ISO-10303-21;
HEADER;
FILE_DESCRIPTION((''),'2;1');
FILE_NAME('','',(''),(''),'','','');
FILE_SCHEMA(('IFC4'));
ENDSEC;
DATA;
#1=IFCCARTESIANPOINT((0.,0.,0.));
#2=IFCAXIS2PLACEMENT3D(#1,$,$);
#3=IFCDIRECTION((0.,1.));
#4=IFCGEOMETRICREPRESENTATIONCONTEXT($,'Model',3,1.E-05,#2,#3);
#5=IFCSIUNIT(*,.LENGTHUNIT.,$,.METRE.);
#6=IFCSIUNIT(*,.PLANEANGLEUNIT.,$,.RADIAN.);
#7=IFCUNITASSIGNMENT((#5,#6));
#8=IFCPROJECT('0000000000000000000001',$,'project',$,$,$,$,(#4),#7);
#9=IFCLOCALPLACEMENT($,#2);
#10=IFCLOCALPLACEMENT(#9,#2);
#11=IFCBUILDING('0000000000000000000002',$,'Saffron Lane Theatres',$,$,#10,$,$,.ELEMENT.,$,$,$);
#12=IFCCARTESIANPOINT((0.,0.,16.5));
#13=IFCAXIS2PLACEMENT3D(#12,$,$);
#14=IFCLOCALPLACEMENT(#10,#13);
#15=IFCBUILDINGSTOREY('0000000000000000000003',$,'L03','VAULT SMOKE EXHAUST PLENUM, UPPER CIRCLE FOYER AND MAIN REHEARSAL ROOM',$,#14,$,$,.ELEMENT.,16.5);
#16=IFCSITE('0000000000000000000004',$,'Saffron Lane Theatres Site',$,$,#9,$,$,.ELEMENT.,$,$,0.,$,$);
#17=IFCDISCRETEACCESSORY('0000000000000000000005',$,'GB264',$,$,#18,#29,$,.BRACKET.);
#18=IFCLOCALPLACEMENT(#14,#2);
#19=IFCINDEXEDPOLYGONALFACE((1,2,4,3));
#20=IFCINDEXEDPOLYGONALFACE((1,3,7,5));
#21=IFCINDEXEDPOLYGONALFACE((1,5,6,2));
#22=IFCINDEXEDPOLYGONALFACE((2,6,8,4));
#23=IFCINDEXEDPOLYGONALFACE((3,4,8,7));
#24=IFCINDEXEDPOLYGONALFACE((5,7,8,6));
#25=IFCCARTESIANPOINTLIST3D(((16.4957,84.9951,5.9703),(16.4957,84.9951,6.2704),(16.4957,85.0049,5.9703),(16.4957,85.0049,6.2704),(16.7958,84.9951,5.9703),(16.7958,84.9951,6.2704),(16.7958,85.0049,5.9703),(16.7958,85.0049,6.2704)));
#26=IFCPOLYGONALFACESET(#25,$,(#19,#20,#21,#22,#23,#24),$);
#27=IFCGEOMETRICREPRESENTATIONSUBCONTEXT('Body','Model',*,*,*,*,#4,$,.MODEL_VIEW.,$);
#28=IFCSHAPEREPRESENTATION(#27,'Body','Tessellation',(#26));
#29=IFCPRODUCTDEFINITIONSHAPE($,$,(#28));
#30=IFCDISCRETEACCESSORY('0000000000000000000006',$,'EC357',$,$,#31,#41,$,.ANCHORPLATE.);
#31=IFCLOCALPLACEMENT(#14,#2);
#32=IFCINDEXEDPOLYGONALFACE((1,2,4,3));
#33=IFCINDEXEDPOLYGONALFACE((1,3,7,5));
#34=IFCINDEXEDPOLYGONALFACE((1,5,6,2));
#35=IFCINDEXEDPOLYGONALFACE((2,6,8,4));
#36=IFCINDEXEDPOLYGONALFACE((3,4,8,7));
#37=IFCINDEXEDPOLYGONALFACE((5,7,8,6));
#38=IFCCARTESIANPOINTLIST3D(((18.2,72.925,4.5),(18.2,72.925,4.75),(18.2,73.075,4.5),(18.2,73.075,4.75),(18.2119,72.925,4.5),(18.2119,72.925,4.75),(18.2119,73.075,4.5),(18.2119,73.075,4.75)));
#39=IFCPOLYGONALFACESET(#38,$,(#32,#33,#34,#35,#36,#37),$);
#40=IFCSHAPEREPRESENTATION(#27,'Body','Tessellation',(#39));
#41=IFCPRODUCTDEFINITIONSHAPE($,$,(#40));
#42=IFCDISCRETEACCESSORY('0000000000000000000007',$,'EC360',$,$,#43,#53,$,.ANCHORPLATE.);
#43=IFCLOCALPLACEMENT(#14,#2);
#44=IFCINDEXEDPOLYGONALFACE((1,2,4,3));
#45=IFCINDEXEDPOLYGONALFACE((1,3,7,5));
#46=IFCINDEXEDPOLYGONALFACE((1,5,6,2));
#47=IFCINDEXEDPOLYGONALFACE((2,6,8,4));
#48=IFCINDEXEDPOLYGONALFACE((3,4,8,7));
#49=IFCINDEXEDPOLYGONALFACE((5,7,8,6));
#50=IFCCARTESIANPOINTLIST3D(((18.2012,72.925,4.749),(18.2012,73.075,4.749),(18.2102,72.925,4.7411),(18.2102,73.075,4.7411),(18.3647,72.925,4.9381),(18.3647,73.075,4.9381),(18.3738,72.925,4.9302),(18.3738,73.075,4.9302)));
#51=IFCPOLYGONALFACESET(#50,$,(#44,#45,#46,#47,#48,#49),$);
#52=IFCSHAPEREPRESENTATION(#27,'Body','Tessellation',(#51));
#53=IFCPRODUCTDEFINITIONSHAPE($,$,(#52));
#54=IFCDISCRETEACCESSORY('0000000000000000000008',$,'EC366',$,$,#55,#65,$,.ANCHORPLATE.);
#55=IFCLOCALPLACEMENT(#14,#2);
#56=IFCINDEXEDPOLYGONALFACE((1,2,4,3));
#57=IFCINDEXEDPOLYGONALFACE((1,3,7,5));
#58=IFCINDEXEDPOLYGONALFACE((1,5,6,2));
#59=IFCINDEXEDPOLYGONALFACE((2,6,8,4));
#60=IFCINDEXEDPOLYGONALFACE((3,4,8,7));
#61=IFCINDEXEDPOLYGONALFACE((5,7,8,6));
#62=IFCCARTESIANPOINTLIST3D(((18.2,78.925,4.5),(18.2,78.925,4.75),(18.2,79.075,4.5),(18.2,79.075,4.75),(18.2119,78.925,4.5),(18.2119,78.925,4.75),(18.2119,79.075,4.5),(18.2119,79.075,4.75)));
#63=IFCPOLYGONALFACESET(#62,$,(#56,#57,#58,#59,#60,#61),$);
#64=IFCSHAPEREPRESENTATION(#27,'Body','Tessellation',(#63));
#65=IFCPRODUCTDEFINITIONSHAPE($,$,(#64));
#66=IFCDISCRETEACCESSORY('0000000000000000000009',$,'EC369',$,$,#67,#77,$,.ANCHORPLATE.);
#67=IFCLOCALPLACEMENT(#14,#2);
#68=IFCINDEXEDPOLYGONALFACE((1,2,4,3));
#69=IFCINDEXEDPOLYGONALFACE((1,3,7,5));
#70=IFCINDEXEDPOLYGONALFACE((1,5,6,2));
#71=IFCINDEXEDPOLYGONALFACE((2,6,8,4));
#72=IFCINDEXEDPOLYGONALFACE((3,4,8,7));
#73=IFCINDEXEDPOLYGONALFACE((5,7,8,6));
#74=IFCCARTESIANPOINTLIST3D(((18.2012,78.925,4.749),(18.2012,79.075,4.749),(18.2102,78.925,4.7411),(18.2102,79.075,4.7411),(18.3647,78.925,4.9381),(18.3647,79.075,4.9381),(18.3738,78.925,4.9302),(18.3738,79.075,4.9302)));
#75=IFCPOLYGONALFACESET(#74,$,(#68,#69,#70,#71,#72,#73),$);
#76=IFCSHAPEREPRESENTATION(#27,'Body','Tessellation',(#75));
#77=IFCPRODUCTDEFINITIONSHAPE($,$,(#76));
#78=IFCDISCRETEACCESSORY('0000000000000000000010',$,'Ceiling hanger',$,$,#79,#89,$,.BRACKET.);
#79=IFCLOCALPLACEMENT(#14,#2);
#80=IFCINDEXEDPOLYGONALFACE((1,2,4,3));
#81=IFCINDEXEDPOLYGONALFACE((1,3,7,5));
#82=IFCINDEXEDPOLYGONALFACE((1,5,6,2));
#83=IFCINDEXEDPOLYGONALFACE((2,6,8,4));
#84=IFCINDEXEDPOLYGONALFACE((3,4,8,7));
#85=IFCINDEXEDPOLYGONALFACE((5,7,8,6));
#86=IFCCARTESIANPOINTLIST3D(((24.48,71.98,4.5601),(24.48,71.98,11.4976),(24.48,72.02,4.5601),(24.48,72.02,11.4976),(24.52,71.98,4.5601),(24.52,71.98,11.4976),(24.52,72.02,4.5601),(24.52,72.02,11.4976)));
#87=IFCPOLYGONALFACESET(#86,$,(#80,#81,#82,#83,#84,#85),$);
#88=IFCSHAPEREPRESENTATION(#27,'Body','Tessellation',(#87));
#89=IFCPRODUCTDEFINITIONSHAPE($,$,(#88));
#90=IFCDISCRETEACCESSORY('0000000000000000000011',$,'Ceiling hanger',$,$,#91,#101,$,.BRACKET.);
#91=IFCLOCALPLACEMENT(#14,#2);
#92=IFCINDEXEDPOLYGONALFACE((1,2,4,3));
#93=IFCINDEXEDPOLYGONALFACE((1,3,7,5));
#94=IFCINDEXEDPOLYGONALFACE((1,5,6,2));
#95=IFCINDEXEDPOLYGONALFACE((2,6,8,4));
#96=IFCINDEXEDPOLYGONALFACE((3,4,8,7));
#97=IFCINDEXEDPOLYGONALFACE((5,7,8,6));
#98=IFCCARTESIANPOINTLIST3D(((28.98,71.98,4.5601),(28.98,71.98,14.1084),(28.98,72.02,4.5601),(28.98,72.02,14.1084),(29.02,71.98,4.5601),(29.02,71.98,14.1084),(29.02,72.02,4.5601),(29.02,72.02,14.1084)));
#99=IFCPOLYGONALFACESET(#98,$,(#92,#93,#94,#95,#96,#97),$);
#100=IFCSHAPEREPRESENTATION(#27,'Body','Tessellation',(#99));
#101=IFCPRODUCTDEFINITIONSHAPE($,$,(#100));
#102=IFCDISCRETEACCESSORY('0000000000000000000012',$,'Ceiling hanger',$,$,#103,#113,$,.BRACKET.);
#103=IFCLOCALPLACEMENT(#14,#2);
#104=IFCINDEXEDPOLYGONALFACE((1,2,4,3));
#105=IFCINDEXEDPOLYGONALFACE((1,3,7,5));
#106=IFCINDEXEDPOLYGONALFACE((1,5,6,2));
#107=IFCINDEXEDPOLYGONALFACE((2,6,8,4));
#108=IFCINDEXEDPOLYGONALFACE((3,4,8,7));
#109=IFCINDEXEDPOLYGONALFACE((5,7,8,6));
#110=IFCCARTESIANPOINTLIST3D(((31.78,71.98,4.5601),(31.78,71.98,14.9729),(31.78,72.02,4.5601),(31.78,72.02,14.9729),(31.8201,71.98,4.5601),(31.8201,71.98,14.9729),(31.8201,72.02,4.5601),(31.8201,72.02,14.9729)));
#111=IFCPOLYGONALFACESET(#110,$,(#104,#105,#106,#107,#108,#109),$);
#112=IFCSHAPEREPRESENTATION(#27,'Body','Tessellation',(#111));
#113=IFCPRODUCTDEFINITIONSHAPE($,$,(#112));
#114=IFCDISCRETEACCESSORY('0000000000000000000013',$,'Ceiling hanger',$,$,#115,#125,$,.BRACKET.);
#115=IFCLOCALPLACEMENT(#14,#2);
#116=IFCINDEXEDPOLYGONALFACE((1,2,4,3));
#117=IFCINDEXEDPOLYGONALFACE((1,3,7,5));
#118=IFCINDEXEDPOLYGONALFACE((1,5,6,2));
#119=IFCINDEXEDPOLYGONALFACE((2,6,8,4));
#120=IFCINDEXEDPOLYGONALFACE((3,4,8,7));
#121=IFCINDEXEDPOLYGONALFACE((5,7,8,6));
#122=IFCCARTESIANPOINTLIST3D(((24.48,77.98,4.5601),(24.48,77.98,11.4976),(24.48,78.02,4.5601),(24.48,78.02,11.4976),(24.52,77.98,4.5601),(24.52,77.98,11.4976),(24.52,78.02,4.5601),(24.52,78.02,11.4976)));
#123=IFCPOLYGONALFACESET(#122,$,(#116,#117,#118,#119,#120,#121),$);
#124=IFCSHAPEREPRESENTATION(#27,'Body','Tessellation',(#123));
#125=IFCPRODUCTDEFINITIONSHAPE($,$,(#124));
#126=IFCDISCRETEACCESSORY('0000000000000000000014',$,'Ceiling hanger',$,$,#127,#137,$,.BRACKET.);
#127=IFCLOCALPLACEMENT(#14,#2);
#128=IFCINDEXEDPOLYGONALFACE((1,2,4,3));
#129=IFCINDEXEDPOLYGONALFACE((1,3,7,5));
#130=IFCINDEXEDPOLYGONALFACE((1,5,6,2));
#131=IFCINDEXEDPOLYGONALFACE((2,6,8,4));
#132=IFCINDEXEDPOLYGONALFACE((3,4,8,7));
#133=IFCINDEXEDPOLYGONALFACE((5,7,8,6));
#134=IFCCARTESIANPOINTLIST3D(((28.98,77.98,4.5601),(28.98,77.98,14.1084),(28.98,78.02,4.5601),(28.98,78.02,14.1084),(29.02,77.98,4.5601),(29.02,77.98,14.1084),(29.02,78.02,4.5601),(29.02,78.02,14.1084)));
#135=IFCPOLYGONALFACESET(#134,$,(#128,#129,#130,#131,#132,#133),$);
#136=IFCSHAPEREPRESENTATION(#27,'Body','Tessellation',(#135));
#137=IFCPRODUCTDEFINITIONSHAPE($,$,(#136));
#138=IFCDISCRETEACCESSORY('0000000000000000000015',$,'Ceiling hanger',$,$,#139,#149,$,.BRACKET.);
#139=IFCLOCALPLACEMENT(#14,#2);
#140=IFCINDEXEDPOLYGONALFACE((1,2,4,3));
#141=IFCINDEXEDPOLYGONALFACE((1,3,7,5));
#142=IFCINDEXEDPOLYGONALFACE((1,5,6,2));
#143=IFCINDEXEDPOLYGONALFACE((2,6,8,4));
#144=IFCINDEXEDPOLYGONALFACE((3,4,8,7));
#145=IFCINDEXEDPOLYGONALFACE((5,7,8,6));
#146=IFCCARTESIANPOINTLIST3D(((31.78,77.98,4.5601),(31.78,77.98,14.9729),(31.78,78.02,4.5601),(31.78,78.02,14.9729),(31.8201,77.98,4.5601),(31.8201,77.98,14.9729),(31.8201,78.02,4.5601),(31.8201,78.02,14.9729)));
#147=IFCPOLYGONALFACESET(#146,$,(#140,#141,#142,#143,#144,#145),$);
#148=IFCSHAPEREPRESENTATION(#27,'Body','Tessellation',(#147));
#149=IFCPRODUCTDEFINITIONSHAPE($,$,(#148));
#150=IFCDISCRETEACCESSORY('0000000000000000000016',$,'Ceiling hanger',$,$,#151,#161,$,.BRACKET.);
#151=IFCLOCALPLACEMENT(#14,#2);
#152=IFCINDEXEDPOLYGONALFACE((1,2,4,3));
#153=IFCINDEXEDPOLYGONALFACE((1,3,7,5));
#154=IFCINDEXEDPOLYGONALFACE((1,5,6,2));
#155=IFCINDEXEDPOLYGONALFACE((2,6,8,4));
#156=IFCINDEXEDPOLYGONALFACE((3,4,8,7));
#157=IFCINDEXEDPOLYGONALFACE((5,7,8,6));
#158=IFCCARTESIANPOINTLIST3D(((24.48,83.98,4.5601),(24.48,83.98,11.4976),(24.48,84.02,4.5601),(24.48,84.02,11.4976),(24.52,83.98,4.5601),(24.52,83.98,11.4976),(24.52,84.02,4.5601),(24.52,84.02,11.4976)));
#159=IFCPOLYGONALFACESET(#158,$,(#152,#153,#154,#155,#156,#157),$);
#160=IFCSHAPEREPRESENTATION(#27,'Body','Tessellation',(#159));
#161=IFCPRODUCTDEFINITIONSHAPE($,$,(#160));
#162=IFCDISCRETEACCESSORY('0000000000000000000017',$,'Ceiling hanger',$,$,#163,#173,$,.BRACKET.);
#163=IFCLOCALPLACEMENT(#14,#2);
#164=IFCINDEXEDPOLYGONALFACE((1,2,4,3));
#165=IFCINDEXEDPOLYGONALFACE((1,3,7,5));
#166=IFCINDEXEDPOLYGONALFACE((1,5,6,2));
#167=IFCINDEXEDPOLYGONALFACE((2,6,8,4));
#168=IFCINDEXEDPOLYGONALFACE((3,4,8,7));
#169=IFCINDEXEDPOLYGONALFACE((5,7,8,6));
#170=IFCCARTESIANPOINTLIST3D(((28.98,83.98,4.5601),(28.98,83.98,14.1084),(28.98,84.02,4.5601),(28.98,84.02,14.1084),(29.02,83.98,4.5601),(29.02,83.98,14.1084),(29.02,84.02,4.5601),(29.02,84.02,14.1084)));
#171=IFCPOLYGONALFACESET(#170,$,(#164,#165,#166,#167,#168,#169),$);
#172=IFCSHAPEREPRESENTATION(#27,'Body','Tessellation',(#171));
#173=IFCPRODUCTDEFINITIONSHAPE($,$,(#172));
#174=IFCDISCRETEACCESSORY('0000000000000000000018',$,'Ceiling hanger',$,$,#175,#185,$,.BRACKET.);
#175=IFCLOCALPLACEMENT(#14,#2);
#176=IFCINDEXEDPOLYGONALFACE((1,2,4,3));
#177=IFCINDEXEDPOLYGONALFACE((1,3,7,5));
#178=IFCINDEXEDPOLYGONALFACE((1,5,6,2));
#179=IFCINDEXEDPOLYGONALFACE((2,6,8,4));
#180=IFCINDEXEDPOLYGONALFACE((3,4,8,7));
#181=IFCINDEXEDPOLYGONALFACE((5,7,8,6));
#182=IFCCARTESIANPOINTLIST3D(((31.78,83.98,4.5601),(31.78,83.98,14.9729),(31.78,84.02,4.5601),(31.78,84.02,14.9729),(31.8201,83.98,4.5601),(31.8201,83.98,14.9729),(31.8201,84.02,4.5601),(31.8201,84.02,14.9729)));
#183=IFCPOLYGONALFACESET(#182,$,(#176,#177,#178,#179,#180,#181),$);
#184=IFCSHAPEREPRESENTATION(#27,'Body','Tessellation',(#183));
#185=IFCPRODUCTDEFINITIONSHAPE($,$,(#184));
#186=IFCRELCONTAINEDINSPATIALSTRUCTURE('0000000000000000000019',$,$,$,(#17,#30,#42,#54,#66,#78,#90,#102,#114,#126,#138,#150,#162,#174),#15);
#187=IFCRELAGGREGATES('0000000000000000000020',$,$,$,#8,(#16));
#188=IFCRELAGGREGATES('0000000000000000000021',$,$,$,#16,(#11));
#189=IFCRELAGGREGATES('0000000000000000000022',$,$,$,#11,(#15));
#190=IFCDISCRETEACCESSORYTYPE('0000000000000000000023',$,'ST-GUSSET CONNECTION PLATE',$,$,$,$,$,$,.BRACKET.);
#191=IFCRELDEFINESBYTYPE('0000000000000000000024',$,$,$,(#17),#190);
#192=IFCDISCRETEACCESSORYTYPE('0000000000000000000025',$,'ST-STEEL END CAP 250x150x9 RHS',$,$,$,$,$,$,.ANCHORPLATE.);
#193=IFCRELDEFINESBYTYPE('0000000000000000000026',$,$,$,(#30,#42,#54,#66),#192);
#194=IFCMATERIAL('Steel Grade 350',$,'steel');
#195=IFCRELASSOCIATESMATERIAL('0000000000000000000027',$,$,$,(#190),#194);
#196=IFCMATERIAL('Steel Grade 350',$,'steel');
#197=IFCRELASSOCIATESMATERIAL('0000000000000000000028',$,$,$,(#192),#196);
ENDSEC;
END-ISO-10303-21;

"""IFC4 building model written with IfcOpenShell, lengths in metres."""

from ifc_helpers import new_model, si_unit, direction, frame, origin, origin_2d, place, context, subcontext, project, spatial, rectangle, extrude, material, material_profile, profile_set, type_object, element, save


model = new_model("IFC4")

# Units and contexts
model_context = context("Model", 3, precision=1e-05, world=origin(), true_north=direction((0.0, 1.0)))
body_context = subcontext(model_context, "Body", "Model", "MODEL_VIEW")
ifc_project = project(units=[si_unit("LENGTHUNIT", "METRE"), si_unit("PLANEANGLEUNIT", "RADIAN")], contexts=[model_context])

# Site, building, storey
site_placement = place(None, origin())
site = spatial("IfcSite", under=ifc_project, at=site_placement, Name="Saffron Lane Theatres Site", CompositionType="ELEMENT", RefElevation=0.0)
building_placement = place(site_placement, origin())
building = spatial("IfcBuilding", under=site, at=building_placement, Name="Saffron Lane Theatres", CompositionType="ELEMENT")
storey_placement = place(building_placement, frame((0.0, 0.0, 16.5)))
storey = spatial("IfcBuildingStorey", under=building, at=storey_placement, Name="L03", Description="VAULT SMOKE EXHAUST PLENUM, UPPER CIRCLE FOYER AND MAIN REHEARSAL ROOM", CompositionType="ELEMENT", Elevation=16.5)

# Discrete accessories
ifc_material_1 = material(Name="Steel Grade 350", Category="steel")
ifc_material_profile_1 = material_profile(ifc_material_1, rectangle(XDim=0.3, YDim=0.3, at=origin_2d()))
ifc_profile_set_1 = profile_set([ifc_material_profile_1], Name="Steel Grade 350")
discrete_accessory_type_1 = type_object("IfcDiscreteAccessoryType", Name="ST-GUSSET CONNECTION PLATE", PredefinedType="BRACKET", material=ifc_profile_set_1)
discrete_accessory_1_placement = place(storey_placement, frame((16.6458, 84.9951, 6.1204), z_axis=(0.0, 1.0, 0.0), x_axis=(-1.0, 0.0, 0.0)))
element("IfcDiscreteAccessory", 1, at=discrete_accessory_1_placement, inside=storey, type_object=discrete_accessory_type_1, Name="GB264", PredefinedType="BRACKET", context=body_context, shape_type="SweptSolid", body=[
    extrude(rectangle(XDim=0.3, YDim=0.3, at=origin_2d()), origin(), (0.0, 0.0, 1.0), 0.0098),
])
ifc_material_2 = material(Name="Steel Grade 350", Category="steel")
ifc_material_profile_2 = material_profile(ifc_material_2, rectangle(XDim=0.1499, YDim=0.25, at=origin_2d()))
ifc_profile_set_2 = profile_set([ifc_material_profile_2], Name="Steel Grade 350")
discrete_accessory_type_2 = type_object("IfcDiscreteAccessoryType", Name="ST-STEEL END CAP 250x150x9 RHS", PredefinedType="ANCHORPLATE", material=ifc_profile_set_2)
for number, where, z_axis, x_axis, name in (
    (2, (18.2, 73.0, 4.625), (1.0, 0.0, 0.0), (0.0, 1.0, 0.0), "EC357"),
    (3, (18.292, 73.0, 4.8357), (-0.756363, 0.0, 0.654152), (0.0, -1.0, 0.0), "EC360"),
    (4, (18.2, 79.0, 4.625), (1.0, 0.0, 0.0), (0.0, 1.0, 0.0), "EC366"),
    (5, (18.292, 79.0, 4.8357), (-0.756363, 0.0, 0.654152), (0.0, -1.0, 0.0), "EC369"),
):
    element("IfcDiscreteAccessory", number, at=place(storey_placement, frame(where, z_axis=z_axis, x_axis=x_axis)), inside=storey, type_object=discrete_accessory_type_2, Name=name, PredefinedType="ANCHORPLATE", context=body_context, shape_type="SweptSolid", body=[
        extrude(rectangle(XDim=0.1499, YDim=0.25, at=origin_2d()), origin(), (0.0, 0.0, 1.0), 0.012),
    ])
discrete_accessory_2_placement = place(storey_placement, frame((24.5, 72.0, 4.5601), z_axis=(0.0, 0.0, 1.0), x_axis=(1.0, 0.0, 0.0)))
element("IfcDiscreteAccessory", 6, at=discrete_accessory_2_placement, inside=storey, Name="Ceiling hanger", PredefinedType="BRACKET", context=body_context, shape_type="SweptSolid", body=[
    extrude(rectangle(XDim=0.04, YDim=0.04, at=origin_2d()), origin(), (0.0, 0.0, 1.0), 6.9375),
])
discrete_accessory_3_placement = place(storey_placement, frame((29.0, 72.0, 4.5601), z_axis=(0.0, 0.0, 1.0), x_axis=(1.0, 0.0, 0.0)))
element("IfcDiscreteAccessory", 7, at=discrete_accessory_3_placement, inside=storey, Name="Ceiling hanger", PredefinedType="BRACKET", context=body_context, shape_type="SweptSolid", body=[
    extrude(rectangle(XDim=0.04, YDim=0.04, at=origin_2d()), origin(), (0.0, 0.0, 1.0), 9.5483),
])
discrete_accessory_4_placement = place(storey_placement, frame((31.8, 72.0, 4.5601), z_axis=(0.0, 0.0, 1.0), x_axis=(1.0, 0.0, 0.0)))
element("IfcDiscreteAccessory", 8, at=discrete_accessory_4_placement, inside=storey, Name="Ceiling hanger", PredefinedType="BRACKET", context=body_context, shape_type="SweptSolid", body=[
    extrude(rectangle(XDim=0.04, YDim=0.04, at=origin_2d()), origin(), (0.0, 0.0, 1.0), 10.4128),
])
discrete_accessory_5_placement = place(storey_placement, frame((24.5, 78.0, 4.5601), z_axis=(0.0, 0.0, 1.0), x_axis=(1.0, 0.0, 0.0)))
element("IfcDiscreteAccessory", 9, at=discrete_accessory_5_placement, inside=storey, Name="Ceiling hanger", PredefinedType="BRACKET", context=body_context, shape_type="SweptSolid", body=[
    extrude(rectangle(XDim=0.04, YDim=0.04, at=origin_2d()), origin(), (0.0, 0.0, 1.0), 6.9375),
])
discrete_accessory_6_placement = place(storey_placement, frame((29.0, 78.0, 4.5601), z_axis=(0.0, 0.0, 1.0), x_axis=(1.0, 0.0, 0.0)))
element("IfcDiscreteAccessory", 10, at=discrete_accessory_6_placement, inside=storey, Name="Ceiling hanger", PredefinedType="BRACKET", context=body_context, shape_type="SweptSolid", body=[
    extrude(rectangle(XDim=0.04, YDim=0.04, at=origin_2d()), origin(), (0.0, 0.0, 1.0), 9.5483),
])
discrete_accessory_7_placement = place(storey_placement, frame((31.8, 78.0, 4.5601), z_axis=(0.0, 0.0, 1.0), x_axis=(1.0, 0.0, 0.0)))
element("IfcDiscreteAccessory", 11, at=discrete_accessory_7_placement, inside=storey, Name="Ceiling hanger", PredefinedType="BRACKET", context=body_context, shape_type="SweptSolid", body=[
    extrude(rectangle(XDim=0.04, YDim=0.04, at=origin_2d()), origin(), (0.0, 0.0, 1.0), 10.4128),
])
discrete_accessory_8_placement = place(storey_placement, frame((24.5, 84.0, 4.5601), z_axis=(0.0, 0.0, 1.0), x_axis=(1.0, 0.0, 0.0)))
element("IfcDiscreteAccessory", 12, at=discrete_accessory_8_placement, inside=storey, Name="Ceiling hanger", PredefinedType="BRACKET", context=body_context, shape_type="SweptSolid", body=[
    extrude(rectangle(XDim=0.04, YDim=0.04, at=origin_2d()), origin(), (0.0, 0.0, 1.0), 6.9375),
])
discrete_accessory_9_placement = place(storey_placement, frame((29.0, 84.0, 4.5601), z_axis=(0.0, 0.0, 1.0), x_axis=(1.0, 0.0, 0.0)))
element("IfcDiscreteAccessory", 13, at=discrete_accessory_9_placement, inside=storey, Name="Ceiling hanger", PredefinedType="BRACKET", context=body_context, shape_type="SweptSolid", body=[
    extrude(rectangle(XDim=0.04, YDim=0.04, at=origin_2d()), origin(), (0.0, 0.0, 1.0), 9.5483),
])
discrete_accessory_10_placement = place(storey_placement, frame((31.8, 84.0, 4.5601), z_axis=(0.0, 0.0, 1.0), x_axis=(1.0, 0.0, 0.0)))
element("IfcDiscreteAccessory", 14, at=discrete_accessory_10_placement, inside=storey, Name="Ceiling hanger", PredefinedType="BRACKET", context=body_context, shape_type="SweptSolid", body=[
    extrude(rectangle(XDim=0.04, YDim=0.04, at=origin_2d()), origin(), (0.0, 0.0, 1.0), 10.4128),
])

save(model, "model.ifc")
